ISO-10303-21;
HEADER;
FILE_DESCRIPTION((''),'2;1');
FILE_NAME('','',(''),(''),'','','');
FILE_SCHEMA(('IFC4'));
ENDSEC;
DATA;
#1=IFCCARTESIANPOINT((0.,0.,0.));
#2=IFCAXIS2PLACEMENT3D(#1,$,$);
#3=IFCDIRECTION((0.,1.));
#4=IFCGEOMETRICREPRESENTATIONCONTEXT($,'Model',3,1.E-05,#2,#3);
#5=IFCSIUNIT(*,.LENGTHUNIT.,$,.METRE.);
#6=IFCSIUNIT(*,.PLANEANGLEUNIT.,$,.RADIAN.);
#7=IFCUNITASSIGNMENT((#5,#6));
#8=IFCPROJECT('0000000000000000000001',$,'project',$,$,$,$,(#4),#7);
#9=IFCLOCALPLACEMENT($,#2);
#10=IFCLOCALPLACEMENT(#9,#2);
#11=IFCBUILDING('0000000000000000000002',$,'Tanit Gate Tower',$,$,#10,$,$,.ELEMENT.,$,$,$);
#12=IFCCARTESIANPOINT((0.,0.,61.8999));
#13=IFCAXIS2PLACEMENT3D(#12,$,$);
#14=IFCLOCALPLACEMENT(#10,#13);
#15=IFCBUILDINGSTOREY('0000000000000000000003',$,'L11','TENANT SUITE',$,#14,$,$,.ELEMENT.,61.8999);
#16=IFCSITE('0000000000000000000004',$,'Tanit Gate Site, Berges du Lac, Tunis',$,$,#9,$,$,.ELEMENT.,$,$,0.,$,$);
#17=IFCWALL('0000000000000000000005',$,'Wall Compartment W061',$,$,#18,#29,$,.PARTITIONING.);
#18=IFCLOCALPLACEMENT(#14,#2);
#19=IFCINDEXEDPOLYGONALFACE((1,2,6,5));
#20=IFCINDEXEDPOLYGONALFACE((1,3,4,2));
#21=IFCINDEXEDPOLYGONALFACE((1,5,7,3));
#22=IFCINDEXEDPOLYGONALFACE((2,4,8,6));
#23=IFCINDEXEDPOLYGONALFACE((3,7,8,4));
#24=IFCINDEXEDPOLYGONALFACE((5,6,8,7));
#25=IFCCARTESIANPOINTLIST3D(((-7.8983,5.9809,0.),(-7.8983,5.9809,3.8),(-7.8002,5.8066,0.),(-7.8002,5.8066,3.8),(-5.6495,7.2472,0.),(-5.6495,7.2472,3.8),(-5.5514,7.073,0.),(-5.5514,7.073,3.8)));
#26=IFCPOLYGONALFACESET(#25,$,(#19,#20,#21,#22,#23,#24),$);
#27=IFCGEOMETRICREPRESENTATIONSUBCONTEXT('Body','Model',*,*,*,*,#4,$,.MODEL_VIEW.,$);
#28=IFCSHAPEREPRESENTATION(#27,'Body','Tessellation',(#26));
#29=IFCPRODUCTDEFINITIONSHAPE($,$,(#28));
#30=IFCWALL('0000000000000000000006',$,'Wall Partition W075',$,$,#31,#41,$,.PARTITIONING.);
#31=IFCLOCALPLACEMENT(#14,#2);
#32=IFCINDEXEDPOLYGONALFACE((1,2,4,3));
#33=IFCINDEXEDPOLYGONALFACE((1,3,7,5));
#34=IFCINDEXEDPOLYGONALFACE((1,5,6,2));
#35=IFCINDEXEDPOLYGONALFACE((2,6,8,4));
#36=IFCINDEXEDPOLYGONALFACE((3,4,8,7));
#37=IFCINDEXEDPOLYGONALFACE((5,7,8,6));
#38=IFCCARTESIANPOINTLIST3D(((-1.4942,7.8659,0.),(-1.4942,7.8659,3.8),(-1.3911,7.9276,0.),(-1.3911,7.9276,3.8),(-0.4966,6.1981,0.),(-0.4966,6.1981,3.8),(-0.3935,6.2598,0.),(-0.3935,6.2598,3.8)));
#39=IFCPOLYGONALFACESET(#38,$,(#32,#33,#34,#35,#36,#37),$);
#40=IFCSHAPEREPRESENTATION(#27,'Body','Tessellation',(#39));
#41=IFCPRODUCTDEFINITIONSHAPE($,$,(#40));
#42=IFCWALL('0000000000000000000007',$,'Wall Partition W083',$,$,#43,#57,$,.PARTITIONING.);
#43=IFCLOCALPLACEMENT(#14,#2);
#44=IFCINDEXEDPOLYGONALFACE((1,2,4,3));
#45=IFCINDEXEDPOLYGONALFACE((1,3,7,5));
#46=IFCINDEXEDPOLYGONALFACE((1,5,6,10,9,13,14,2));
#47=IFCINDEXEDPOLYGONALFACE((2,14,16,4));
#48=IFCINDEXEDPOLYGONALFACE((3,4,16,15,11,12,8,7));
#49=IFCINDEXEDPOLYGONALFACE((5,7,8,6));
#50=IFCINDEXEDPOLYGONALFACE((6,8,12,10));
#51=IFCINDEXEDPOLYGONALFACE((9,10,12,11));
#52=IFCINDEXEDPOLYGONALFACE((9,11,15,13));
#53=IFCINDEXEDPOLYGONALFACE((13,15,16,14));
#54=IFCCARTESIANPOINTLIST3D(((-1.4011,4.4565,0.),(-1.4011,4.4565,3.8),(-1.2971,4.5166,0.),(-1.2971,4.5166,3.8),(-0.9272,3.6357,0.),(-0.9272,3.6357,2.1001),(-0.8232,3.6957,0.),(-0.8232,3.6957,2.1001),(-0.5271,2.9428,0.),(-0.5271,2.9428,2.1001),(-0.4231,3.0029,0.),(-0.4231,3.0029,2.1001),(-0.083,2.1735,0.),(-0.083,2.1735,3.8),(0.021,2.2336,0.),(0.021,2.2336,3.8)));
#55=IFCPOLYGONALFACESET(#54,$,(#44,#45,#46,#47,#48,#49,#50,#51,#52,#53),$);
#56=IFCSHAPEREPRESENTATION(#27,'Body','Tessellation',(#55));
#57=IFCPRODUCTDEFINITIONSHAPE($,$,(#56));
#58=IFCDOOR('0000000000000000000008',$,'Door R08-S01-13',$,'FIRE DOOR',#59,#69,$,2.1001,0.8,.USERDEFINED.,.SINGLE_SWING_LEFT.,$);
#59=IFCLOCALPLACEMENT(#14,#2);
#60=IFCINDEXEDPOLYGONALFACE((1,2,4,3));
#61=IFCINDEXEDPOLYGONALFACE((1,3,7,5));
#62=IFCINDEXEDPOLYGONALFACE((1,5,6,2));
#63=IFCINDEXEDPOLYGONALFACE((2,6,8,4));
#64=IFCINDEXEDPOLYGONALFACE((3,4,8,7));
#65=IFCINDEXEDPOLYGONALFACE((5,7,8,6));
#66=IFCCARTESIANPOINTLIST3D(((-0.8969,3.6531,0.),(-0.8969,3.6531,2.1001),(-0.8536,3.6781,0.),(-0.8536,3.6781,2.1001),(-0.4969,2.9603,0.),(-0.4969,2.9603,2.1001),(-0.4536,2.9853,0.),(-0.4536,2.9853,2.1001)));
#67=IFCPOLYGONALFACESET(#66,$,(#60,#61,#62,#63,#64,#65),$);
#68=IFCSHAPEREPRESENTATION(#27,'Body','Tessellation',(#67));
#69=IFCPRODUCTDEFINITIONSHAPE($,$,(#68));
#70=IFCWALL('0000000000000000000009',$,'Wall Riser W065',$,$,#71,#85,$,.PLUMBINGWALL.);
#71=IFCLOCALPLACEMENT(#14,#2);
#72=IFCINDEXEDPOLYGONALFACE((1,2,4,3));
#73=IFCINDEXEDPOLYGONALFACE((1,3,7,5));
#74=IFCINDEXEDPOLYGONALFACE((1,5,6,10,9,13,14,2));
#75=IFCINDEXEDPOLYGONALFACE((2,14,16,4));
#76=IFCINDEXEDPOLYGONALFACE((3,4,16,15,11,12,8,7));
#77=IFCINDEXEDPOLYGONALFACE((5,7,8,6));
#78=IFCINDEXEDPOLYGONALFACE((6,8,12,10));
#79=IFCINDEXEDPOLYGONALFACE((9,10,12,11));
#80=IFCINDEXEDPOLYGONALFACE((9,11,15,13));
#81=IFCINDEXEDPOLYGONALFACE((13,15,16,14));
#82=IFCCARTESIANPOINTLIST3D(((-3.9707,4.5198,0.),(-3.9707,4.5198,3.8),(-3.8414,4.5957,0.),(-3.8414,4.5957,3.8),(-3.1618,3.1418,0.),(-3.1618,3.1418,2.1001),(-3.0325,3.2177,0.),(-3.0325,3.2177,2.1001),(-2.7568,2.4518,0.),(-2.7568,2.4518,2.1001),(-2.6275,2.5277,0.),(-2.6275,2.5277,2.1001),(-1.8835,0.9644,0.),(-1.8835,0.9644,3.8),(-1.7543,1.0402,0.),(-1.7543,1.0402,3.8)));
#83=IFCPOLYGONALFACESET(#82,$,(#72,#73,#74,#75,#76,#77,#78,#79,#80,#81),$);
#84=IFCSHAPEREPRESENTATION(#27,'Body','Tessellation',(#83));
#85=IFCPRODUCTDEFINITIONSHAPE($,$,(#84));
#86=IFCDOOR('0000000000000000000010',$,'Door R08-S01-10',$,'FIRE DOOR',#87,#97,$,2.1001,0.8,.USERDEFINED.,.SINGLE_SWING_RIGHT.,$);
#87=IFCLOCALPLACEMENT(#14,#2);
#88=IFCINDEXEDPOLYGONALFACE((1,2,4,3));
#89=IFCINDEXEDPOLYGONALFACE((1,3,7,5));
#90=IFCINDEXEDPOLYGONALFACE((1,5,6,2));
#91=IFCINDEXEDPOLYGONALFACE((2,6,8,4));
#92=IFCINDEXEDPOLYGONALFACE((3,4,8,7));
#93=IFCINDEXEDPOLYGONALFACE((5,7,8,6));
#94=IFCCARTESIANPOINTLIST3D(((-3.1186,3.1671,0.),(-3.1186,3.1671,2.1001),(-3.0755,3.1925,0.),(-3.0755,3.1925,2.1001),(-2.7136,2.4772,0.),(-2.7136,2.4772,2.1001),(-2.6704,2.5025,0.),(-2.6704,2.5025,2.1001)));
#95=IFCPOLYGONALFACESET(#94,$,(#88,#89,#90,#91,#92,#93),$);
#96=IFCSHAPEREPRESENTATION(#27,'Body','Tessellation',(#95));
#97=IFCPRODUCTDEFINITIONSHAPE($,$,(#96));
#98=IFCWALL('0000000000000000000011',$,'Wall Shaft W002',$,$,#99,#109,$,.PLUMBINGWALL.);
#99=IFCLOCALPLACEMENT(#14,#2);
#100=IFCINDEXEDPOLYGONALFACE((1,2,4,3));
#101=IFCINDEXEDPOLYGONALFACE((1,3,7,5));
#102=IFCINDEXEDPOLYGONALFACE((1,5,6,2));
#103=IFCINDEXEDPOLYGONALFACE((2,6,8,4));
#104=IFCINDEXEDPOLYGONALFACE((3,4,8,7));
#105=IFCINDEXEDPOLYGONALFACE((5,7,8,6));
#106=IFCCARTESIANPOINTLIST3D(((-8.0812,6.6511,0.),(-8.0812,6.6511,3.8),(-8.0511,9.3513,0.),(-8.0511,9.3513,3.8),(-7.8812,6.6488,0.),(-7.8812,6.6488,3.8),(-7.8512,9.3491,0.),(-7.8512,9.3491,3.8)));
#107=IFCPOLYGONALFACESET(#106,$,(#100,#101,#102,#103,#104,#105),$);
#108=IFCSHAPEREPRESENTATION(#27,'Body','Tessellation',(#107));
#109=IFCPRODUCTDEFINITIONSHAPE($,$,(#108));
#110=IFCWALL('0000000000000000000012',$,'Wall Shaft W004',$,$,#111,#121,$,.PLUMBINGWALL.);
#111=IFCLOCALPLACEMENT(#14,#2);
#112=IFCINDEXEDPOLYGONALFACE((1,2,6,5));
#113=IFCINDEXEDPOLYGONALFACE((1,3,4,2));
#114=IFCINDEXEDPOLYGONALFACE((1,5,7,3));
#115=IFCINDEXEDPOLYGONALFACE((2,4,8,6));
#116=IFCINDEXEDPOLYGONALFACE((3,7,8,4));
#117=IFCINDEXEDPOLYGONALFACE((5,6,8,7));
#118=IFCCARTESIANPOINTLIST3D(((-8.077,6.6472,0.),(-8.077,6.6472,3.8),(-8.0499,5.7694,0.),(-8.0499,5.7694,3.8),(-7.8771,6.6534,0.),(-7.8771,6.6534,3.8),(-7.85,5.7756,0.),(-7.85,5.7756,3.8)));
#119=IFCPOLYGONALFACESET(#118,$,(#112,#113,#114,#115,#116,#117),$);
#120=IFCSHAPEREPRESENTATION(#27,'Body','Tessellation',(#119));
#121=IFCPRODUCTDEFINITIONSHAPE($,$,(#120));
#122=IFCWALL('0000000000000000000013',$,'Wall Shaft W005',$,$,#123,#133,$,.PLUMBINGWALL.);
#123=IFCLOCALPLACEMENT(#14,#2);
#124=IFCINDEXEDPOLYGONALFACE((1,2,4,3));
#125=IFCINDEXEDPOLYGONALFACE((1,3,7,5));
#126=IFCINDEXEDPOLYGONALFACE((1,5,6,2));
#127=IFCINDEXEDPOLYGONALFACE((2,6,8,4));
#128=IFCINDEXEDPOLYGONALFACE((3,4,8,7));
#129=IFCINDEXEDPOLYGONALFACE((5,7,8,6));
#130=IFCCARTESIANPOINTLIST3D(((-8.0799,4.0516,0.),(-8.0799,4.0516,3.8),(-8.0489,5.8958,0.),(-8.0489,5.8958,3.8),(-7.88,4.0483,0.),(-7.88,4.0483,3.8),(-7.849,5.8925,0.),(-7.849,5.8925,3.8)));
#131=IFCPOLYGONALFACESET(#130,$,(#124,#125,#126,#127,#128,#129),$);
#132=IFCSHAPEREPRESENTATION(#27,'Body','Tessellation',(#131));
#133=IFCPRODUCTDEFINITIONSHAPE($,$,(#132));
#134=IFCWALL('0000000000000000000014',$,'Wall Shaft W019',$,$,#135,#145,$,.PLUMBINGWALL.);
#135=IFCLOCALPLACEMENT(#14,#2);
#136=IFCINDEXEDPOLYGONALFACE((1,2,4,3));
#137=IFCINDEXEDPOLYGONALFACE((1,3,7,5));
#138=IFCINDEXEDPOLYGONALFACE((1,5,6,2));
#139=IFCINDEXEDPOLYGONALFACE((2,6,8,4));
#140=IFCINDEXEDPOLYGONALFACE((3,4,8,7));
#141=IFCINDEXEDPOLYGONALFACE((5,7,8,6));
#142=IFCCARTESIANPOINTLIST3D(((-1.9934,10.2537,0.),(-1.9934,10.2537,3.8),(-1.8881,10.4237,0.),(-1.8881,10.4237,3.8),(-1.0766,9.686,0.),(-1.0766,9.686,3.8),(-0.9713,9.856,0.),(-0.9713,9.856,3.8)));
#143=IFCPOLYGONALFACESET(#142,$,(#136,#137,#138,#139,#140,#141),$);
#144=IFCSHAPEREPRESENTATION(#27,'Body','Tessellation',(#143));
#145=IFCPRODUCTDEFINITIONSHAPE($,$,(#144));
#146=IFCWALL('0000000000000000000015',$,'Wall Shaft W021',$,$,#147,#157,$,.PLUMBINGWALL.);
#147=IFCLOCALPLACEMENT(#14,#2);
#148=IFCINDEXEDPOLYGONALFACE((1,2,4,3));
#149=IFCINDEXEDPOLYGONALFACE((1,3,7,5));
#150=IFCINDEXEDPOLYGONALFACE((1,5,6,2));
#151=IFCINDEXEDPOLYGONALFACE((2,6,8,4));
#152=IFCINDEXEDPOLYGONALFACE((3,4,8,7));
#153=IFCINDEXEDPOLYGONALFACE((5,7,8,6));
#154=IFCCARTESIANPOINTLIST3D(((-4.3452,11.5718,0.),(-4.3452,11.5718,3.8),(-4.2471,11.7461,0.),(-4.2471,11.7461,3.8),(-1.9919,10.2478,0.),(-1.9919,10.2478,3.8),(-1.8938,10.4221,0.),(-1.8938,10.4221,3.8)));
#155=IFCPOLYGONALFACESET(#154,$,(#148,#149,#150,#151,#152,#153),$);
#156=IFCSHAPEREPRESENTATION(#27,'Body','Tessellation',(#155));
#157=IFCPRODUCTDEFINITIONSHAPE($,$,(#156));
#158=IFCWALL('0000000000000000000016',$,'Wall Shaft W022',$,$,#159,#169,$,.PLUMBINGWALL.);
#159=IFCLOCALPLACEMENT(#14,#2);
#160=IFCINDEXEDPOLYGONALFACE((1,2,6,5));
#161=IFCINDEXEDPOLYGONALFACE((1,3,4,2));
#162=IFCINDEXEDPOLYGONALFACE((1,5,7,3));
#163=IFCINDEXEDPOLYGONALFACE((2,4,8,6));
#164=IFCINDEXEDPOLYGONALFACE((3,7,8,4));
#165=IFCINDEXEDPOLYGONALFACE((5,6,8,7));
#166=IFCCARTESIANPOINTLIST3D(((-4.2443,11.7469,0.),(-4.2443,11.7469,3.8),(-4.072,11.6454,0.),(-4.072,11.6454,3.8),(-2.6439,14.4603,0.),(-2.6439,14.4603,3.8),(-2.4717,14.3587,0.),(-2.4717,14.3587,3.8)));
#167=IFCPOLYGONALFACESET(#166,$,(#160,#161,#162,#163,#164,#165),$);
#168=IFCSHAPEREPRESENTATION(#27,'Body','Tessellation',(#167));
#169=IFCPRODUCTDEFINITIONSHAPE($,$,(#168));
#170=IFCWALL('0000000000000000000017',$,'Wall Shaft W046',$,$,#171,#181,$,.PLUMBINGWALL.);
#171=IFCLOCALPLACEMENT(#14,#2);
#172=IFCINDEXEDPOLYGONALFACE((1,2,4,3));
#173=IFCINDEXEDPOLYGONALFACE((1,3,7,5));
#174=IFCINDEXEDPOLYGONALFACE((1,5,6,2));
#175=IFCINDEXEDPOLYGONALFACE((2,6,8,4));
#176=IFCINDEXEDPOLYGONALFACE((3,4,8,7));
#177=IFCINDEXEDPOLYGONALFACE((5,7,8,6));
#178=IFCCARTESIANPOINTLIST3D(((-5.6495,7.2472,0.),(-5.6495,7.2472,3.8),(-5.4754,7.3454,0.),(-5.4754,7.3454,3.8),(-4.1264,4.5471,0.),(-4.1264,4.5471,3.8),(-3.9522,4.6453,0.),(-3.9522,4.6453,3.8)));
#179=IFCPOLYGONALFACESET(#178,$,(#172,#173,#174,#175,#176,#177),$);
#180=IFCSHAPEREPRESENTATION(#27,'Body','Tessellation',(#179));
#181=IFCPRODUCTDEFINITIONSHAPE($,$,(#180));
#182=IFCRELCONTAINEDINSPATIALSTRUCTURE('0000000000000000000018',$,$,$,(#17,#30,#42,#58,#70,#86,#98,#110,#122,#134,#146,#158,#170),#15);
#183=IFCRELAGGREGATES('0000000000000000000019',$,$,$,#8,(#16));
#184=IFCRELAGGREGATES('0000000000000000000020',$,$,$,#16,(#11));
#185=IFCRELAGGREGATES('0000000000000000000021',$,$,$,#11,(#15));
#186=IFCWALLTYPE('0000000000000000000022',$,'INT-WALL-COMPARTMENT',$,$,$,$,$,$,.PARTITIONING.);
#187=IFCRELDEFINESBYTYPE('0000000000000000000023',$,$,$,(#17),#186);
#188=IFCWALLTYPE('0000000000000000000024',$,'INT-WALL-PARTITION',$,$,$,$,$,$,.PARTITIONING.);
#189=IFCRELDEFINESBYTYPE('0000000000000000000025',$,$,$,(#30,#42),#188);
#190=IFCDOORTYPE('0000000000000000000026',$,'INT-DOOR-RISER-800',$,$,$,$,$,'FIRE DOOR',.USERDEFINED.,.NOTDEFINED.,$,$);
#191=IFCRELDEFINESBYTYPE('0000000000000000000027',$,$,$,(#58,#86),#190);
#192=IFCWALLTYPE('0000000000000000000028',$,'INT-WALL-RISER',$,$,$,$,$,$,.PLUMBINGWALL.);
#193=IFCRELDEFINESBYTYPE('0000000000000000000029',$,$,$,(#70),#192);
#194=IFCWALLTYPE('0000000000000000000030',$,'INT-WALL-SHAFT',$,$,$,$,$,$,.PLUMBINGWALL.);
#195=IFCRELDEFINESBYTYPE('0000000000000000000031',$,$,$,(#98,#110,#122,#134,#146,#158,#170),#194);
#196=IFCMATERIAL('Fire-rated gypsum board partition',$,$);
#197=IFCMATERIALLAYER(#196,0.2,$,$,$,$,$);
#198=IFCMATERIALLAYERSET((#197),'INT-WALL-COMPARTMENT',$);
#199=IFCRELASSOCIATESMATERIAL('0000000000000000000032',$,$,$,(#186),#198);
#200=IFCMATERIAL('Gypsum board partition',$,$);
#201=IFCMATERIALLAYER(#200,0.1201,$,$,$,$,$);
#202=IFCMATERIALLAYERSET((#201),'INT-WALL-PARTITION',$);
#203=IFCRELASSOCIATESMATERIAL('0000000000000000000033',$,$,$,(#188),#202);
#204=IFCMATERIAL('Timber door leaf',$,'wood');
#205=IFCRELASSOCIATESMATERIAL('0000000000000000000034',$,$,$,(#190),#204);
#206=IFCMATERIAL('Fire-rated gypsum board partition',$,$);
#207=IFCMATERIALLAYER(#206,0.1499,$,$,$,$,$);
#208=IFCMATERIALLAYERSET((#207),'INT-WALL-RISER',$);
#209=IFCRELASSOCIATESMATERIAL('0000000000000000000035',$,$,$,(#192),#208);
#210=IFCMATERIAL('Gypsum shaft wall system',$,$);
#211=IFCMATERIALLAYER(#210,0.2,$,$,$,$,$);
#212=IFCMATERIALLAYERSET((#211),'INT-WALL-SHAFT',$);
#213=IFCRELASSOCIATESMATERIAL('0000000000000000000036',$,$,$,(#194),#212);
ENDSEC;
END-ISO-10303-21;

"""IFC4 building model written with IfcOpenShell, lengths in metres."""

from ifc_helpers import new_model, si_unit, direction, frame, frame_2d, origin, place, context, subcontext, project, spatial, rectangle, extrude, material, layer, layer_set, type_object, element, fill, save


model = new_model("IFC4")

# Units and contexts
model_context = context("Model", 3, precision=1e-05, world=origin(), true_north=direction((0.0, 1.0)))
body_context = subcontext(model_context, "Body", "Model", "MODEL_VIEW")
ifc_project = project(units=[si_unit("LENGTHUNIT", "METRE"), si_unit("PLANEANGLEUNIT", "RADIAN")], contexts=[model_context])

# Site, building, storey
site_placement = place(None, origin())
site = spatial("IfcSite", under=ifc_project, at=site_placement, Name="Tanit Gate Site, Berges du Lac, Tunis", CompositionType="ELEMENT", RefElevation=0.0)
building_placement = place(site_placement, origin())
building = spatial("IfcBuilding", under=site, at=building_placement, Name="Tanit Gate Tower", CompositionType="ELEMENT")
storey_placement = place(building_placement, frame((0.0, 0.0, 61.8999)))
storey = spatial("IfcBuildingStorey", under=building, at=storey_placement, Name="L11", Description="TENANT SUITE", CompositionType="ELEMENT", Elevation=61.8999)

# Walls
ifc_material_1 = material(Name="Fire-rated gypsum board partition")
ifc_layer_1 = layer(ifc_material_1, 0.2)
ifc_layer_set_1 = layer_set([ifc_layer_1], Name="INT-WALL-COMPARTMENT")
wall_type_1 = type_object("IfcWallType", Name="INT-WALL-COMPARTMENT", PredefinedType="PARTITIONING", material=ifc_layer_set_1)
wall_1_placement = place(storey_placement, frame((-5.6003, 7.1602, 0.0), z_axis=(0.0, 0.0, 1.0), x_axis=(-0.87134, -0.490679, 0.0)))
element("IfcWall", 1, at=wall_1_placement, inside=storey, type_object=wall_type_1, Name="Wall Compartment W061", PredefinedType="PARTITIONING", context=body_context, shape_type="SweptSolid", body=[
    extrude(rectangle(XDim=2.5808, YDim=0.2, at=frame_2d((1.2905, 0.0))), origin(), (0.0, 0.0, 1.0), 3.8),
])
ifc_material_2 = material(Name="Gypsum board partition")
ifc_layer_2 = layer(ifc_material_2, 0.1201)
ifc_layer_set_2 = layer_set([ifc_layer_2], Name="INT-WALL-PARTITION")
wall_type_2 = type_object("IfcWallType", Name="INT-WALL-PARTITION", PredefinedType="PARTITIONING", material=ifc_layer_set_2)
wall_2_placement = place(storey_placement, frame((-1.4426, 7.8967, 0.0), z_axis=(0.0, 0.0, 1.0), x_axis=(0.513331, -0.858191, 0.0)))
element("IfcWall", 2, at=wall_2_placement, inside=storey, type_object=wall_type_2, Name="Wall Partition W075", PredefinedType="PARTITIONING", context=body_context, shape_type="SweptSolid", body=[
    extrude(rectangle(XDim=1.9434, YDim=0.1201, at=frame_2d((0.9717, 0.0))), origin(), (0.0, 0.0, 1.0), 3.8),
])

# Walls, openings, doors
wall_3_placement = place(storey_placement, frame((-1.3491, 4.4866, 0.0), z_axis=(0.0, 0.0, 1.0), x_axis=(0.500014, -0.866017, 0.0)))
wall_3 = element("IfcWall", 3, at=wall_3_placement, inside=storey, type_object=wall_type_2, Name="Wall Partition W083", PredefinedType="PARTITIONING", context=body_context, shape_type="SweptSolid", body=[
    extrude(rectangle(XDim=2.6362, YDim=0.1201, at=frame_2d((1.3181, 0.0))), origin(), (0.0, 0.0, 1.0), 3.8),
])
opening_1_placement = place(wall_3_placement, frame((0.948, 0.0, 0.0)))
opening_1 = element("IfcOpeningElement", 4, at=opening_1_placement, cuts=wall_3, PredefinedType="OPENING", context=body_context, shape_type="SweptSolid", body=[
    extrude(rectangle(XDim=0.8, YDim=2.1001, at=frame_2d((0.3999, 1.05))), frame((0.0, 0.0701, 0.0), z_axis=(0.0, -1.0, 0.0), x_axis=(1.0, 0.0, 0.0)), (0.0, 0.0, 1.0), 0.1401),
])
ifc_material_3 = material(Name="Timber door leaf", Category="wood")
door_type_1 = type_object("IfcDoorType", Name="INT-DOOR-RISER-800", ElementType="FIRE DOOR", OperationType="NOTDEFINED", PredefinedType="USERDEFINED", material=ifc_material_3)
door_1_placement = place(opening_1_placement, origin())
door_1 = element("IfcDoor", 5, at=door_1_placement, inside=storey, type_object=door_type_1, Name="Door R08-S01-13", ObjectType="FIRE DOOR", OperationType="SINGLE_SWING_LEFT", OverallHeight=2.1001, OverallWidth=0.8, PredefinedType="USERDEFINED", context=body_context, shape_type="SweptSolid", body=[
    extrude(rectangle(XDim=0.8, YDim=2.1001, at=frame_2d((0.3999, 1.05))), frame((0.0, 0.0249, 0.0), z_axis=(0.0, -1.0, 0.0), x_axis=(1.0, 0.0, 0.0)), (0.0, 0.0, 1.0), 0.05),
])
fill(opening_1, door_1)
ifc_material_4 = material(Name="Fire-rated gypsum board partition")
ifc_layer_3 = layer(ifc_material_4, 0.1499)
ifc_layer_set_3 = layer_set([ifc_layer_3], Name="INT-WALL-RISER")
wall_type_3 = type_object("IfcWallType", Name="INT-WALL-RISER", PredefinedType="PLUMBINGWALL", material=ifc_layer_set_3)
wall_4_placement = place(storey_placement, frame((-1.8188, 1.0022, 0.0), z_axis=(0.0, 0.0, 1.0), x_axis=(-0.506251, 0.862386, 0.0)))
wall_4 = element("IfcWall", 6, at=wall_4_placement, inside=storey, type_object=wall_type_3, Name="Wall Riser W065", PredefinedType="PLUMBINGWALL", context=body_context, shape_type="SweptSolid", body=[
    extrude(rectangle(XDim=4.1228, YDim=0.1499, at=frame_2d((2.0615, 0.0))), origin(), (0.0, 0.0, 1.0), 3.8),
])
opening_2_placement = place(wall_4_placement, frame((1.7251, 0.0, 0.0)))
opening_2 = element("IfcOpeningElement", 7, at=opening_2_placement, cuts=wall_4, PredefinedType="OPENING", context=body_context, shape_type="SweptSolid", body=[
    extrude(rectangle(XDim=0.8, YDim=2.1001, at=frame_2d((0.3999, 1.05))), frame((0.0, 0.085, 0.0), z_axis=(0.0, -1.0, 0.0), x_axis=(1.0, 0.0, 0.0)), (0.0, 0.0, 1.0), 0.1699),
])
door_2_placement = place(opening_2_placement, origin())
door_2 = element("IfcDoor", 8, at=door_2_placement, inside=storey, type_object=door_type_1, Name="Door R08-S01-10", ObjectType="FIRE DOOR", OperationType="SINGLE_SWING_RIGHT", OverallHeight=2.1001, OverallWidth=0.8, PredefinedType="USERDEFINED", context=body_context, shape_type="SweptSolid", body=[
    extrude(rectangle(XDim=0.8, YDim=2.1001, at=frame_2d((0.3999, 1.05))), frame((0.0, 0.0249, 0.0), z_axis=(0.0, -1.0, 0.0), x_axis=(1.0, 0.0, 0.0)), (0.0, 0.0, 1.0), 0.05),
])
fill(opening_2, door_2)

# Walls
ifc_material_5 = material(Name="Gypsum shaft wall system")
ifc_layer_4 = layer(ifc_material_5, 0.2)
ifc_layer_set_4 = layer_set([ifc_layer_4], Name="INT-WALL-SHAFT")
wall_type_4 = type_object("IfcWallType", Name="INT-WALL-SHAFT", PredefinedType="PLUMBINGWALL", material=ifc_layer_set_4)
wall_5_placement = place(storey_placement, frame((-7.9512, 9.3501, 0.0), z_axis=(0.0, 0.0, 1.0), x_axis=(-0.01112, -0.999938, 0.0)))
element("IfcWall", 9, at=wall_5_placement, inside=storey, type_object=wall_type_4, Name="Wall Shaft W002", PredefinedType="PLUMBINGWALL", context=body_context, shape_type="SweptSolid", body=[
    extrude(rectangle(XDim=2.7004, YDim=0.2, at=frame_2d((1.3501, 0.0))), origin(), (0.0, 0.0, 1.0), 3.8),
])
wall_6_placement = place(storey_placement, frame((-7.9771, 6.6501, 0.0), z_axis=(0.0, 0.0, 1.0), x_axis=(0.030862, -0.999524, 0.0)))
element("IfcWall", 10, at=wall_6_placement, inside=storey, type_object=wall_type_4, Name="Wall Shaft W004", PredefinedType="PLUMBINGWALL", context=body_context, shape_type="SweptSolid", body=[
    extrude(rectangle(XDim=0.8782, YDim=0.2, at=frame_2d((0.439, 0.0))), origin(), (0.0, 0.0, 1.0), 3.8),
])
wall_7_placement = place(storey_placement, frame((-7.949, 5.8943, 0.0), z_axis=(0.0, 0.0, 1.0), x_axis=(-0.01681, -0.999859, 0.0)))
element("IfcWall", 11, at=wall_7_placement, inside=storey, type_object=wall_type_4, Name="Wall Shaft W005", PredefinedType="PLUMBINGWALL", context=body_context, shape_type="SweptSolid", body=[
    extrude(rectangle(XDim=1.8445, YDim=0.2, at=frame_2d((0.9224, 0.0))), origin(), (0.0, 0.0, 1.0), 3.8),
])
wall_8_placement = place(storey_placement, frame((-1.9407, 10.3386, 0.0), z_axis=(0.0, 0.0, 1.0), x_axis=(0.850217, -0.526433, 0.0)))
element("IfcWall", 12, at=wall_8_placement, inside=storey, type_object=wall_type_4, Name="Wall Shaft W019", PredefinedType="PLUMBINGWALL", context=body_context, shape_type="SweptSolid", body=[
    extrude(rectangle(XDim=1.0784, YDim=0.2, at=frame_2d((0.5391, 0.0))), origin(), (0.0, 0.0, 1.0), 3.8),
])
wall_9_placement = place(storey_placement, frame((-4.2961, 11.6589, 0.0), z_axis=(0.0, 0.0, 1.0), x_axis=(0.871534, -0.490334, 0.0)))
element("IfcWall", 13, at=wall_9_placement, inside=storey, type_object=wall_type_4, Name="Wall Shaft W021", PredefinedType="PLUMBINGWALL", context=body_context, shape_type="SweptSolid", body=[
    extrude(rectangle(XDim=2.7002, YDim=0.2, at=frame_2d((1.3501, 0.0))), origin(), (0.0, 0.0, 1.0), 3.8),
])
wall_10_placement = place(storey_placement, frame((-4.1582, 11.696, 0.0), z_axis=(0.0, 0.0, 1.0), x_axis=(0.508019, 0.861346, 0.0)))
element("IfcWall", 14, at=wall_10_placement, inside=storey, type_object=wall_type_4, Name="Wall Shaft W022", PredefinedType="PLUMBINGWALL", context=body_context, shape_type="SweptSolid", body=[
    extrude(rectangle(XDim=3.1501, YDim=0.2, at=frame_2d((1.5752, 0.0))), origin(), (0.0, 0.0, 1.0), 3.8),
])

# Wall
wall_11_placement = place(storey_placement, frame((-4.0393, 4.5962, 0.0), z_axis=(0.0, 0.0, 1.0), x_axis=(-0.491323, 0.870978, 0.0)))
element("IfcWall", 15, at=wall_11_placement, inside=storey, type_object=wall_type_4, Name="Wall Shaft W046", PredefinedType="PLUMBINGWALL", context=body_context, shape_type="SweptSolid", body=[
    extrude(rectangle(XDim=3.1001, YDim=0.2, at=frame_2d((1.55, 0.0))), origin(), (0.0, 0.0, 1.0), 3.8),
])

save(model, "model.ifc")
